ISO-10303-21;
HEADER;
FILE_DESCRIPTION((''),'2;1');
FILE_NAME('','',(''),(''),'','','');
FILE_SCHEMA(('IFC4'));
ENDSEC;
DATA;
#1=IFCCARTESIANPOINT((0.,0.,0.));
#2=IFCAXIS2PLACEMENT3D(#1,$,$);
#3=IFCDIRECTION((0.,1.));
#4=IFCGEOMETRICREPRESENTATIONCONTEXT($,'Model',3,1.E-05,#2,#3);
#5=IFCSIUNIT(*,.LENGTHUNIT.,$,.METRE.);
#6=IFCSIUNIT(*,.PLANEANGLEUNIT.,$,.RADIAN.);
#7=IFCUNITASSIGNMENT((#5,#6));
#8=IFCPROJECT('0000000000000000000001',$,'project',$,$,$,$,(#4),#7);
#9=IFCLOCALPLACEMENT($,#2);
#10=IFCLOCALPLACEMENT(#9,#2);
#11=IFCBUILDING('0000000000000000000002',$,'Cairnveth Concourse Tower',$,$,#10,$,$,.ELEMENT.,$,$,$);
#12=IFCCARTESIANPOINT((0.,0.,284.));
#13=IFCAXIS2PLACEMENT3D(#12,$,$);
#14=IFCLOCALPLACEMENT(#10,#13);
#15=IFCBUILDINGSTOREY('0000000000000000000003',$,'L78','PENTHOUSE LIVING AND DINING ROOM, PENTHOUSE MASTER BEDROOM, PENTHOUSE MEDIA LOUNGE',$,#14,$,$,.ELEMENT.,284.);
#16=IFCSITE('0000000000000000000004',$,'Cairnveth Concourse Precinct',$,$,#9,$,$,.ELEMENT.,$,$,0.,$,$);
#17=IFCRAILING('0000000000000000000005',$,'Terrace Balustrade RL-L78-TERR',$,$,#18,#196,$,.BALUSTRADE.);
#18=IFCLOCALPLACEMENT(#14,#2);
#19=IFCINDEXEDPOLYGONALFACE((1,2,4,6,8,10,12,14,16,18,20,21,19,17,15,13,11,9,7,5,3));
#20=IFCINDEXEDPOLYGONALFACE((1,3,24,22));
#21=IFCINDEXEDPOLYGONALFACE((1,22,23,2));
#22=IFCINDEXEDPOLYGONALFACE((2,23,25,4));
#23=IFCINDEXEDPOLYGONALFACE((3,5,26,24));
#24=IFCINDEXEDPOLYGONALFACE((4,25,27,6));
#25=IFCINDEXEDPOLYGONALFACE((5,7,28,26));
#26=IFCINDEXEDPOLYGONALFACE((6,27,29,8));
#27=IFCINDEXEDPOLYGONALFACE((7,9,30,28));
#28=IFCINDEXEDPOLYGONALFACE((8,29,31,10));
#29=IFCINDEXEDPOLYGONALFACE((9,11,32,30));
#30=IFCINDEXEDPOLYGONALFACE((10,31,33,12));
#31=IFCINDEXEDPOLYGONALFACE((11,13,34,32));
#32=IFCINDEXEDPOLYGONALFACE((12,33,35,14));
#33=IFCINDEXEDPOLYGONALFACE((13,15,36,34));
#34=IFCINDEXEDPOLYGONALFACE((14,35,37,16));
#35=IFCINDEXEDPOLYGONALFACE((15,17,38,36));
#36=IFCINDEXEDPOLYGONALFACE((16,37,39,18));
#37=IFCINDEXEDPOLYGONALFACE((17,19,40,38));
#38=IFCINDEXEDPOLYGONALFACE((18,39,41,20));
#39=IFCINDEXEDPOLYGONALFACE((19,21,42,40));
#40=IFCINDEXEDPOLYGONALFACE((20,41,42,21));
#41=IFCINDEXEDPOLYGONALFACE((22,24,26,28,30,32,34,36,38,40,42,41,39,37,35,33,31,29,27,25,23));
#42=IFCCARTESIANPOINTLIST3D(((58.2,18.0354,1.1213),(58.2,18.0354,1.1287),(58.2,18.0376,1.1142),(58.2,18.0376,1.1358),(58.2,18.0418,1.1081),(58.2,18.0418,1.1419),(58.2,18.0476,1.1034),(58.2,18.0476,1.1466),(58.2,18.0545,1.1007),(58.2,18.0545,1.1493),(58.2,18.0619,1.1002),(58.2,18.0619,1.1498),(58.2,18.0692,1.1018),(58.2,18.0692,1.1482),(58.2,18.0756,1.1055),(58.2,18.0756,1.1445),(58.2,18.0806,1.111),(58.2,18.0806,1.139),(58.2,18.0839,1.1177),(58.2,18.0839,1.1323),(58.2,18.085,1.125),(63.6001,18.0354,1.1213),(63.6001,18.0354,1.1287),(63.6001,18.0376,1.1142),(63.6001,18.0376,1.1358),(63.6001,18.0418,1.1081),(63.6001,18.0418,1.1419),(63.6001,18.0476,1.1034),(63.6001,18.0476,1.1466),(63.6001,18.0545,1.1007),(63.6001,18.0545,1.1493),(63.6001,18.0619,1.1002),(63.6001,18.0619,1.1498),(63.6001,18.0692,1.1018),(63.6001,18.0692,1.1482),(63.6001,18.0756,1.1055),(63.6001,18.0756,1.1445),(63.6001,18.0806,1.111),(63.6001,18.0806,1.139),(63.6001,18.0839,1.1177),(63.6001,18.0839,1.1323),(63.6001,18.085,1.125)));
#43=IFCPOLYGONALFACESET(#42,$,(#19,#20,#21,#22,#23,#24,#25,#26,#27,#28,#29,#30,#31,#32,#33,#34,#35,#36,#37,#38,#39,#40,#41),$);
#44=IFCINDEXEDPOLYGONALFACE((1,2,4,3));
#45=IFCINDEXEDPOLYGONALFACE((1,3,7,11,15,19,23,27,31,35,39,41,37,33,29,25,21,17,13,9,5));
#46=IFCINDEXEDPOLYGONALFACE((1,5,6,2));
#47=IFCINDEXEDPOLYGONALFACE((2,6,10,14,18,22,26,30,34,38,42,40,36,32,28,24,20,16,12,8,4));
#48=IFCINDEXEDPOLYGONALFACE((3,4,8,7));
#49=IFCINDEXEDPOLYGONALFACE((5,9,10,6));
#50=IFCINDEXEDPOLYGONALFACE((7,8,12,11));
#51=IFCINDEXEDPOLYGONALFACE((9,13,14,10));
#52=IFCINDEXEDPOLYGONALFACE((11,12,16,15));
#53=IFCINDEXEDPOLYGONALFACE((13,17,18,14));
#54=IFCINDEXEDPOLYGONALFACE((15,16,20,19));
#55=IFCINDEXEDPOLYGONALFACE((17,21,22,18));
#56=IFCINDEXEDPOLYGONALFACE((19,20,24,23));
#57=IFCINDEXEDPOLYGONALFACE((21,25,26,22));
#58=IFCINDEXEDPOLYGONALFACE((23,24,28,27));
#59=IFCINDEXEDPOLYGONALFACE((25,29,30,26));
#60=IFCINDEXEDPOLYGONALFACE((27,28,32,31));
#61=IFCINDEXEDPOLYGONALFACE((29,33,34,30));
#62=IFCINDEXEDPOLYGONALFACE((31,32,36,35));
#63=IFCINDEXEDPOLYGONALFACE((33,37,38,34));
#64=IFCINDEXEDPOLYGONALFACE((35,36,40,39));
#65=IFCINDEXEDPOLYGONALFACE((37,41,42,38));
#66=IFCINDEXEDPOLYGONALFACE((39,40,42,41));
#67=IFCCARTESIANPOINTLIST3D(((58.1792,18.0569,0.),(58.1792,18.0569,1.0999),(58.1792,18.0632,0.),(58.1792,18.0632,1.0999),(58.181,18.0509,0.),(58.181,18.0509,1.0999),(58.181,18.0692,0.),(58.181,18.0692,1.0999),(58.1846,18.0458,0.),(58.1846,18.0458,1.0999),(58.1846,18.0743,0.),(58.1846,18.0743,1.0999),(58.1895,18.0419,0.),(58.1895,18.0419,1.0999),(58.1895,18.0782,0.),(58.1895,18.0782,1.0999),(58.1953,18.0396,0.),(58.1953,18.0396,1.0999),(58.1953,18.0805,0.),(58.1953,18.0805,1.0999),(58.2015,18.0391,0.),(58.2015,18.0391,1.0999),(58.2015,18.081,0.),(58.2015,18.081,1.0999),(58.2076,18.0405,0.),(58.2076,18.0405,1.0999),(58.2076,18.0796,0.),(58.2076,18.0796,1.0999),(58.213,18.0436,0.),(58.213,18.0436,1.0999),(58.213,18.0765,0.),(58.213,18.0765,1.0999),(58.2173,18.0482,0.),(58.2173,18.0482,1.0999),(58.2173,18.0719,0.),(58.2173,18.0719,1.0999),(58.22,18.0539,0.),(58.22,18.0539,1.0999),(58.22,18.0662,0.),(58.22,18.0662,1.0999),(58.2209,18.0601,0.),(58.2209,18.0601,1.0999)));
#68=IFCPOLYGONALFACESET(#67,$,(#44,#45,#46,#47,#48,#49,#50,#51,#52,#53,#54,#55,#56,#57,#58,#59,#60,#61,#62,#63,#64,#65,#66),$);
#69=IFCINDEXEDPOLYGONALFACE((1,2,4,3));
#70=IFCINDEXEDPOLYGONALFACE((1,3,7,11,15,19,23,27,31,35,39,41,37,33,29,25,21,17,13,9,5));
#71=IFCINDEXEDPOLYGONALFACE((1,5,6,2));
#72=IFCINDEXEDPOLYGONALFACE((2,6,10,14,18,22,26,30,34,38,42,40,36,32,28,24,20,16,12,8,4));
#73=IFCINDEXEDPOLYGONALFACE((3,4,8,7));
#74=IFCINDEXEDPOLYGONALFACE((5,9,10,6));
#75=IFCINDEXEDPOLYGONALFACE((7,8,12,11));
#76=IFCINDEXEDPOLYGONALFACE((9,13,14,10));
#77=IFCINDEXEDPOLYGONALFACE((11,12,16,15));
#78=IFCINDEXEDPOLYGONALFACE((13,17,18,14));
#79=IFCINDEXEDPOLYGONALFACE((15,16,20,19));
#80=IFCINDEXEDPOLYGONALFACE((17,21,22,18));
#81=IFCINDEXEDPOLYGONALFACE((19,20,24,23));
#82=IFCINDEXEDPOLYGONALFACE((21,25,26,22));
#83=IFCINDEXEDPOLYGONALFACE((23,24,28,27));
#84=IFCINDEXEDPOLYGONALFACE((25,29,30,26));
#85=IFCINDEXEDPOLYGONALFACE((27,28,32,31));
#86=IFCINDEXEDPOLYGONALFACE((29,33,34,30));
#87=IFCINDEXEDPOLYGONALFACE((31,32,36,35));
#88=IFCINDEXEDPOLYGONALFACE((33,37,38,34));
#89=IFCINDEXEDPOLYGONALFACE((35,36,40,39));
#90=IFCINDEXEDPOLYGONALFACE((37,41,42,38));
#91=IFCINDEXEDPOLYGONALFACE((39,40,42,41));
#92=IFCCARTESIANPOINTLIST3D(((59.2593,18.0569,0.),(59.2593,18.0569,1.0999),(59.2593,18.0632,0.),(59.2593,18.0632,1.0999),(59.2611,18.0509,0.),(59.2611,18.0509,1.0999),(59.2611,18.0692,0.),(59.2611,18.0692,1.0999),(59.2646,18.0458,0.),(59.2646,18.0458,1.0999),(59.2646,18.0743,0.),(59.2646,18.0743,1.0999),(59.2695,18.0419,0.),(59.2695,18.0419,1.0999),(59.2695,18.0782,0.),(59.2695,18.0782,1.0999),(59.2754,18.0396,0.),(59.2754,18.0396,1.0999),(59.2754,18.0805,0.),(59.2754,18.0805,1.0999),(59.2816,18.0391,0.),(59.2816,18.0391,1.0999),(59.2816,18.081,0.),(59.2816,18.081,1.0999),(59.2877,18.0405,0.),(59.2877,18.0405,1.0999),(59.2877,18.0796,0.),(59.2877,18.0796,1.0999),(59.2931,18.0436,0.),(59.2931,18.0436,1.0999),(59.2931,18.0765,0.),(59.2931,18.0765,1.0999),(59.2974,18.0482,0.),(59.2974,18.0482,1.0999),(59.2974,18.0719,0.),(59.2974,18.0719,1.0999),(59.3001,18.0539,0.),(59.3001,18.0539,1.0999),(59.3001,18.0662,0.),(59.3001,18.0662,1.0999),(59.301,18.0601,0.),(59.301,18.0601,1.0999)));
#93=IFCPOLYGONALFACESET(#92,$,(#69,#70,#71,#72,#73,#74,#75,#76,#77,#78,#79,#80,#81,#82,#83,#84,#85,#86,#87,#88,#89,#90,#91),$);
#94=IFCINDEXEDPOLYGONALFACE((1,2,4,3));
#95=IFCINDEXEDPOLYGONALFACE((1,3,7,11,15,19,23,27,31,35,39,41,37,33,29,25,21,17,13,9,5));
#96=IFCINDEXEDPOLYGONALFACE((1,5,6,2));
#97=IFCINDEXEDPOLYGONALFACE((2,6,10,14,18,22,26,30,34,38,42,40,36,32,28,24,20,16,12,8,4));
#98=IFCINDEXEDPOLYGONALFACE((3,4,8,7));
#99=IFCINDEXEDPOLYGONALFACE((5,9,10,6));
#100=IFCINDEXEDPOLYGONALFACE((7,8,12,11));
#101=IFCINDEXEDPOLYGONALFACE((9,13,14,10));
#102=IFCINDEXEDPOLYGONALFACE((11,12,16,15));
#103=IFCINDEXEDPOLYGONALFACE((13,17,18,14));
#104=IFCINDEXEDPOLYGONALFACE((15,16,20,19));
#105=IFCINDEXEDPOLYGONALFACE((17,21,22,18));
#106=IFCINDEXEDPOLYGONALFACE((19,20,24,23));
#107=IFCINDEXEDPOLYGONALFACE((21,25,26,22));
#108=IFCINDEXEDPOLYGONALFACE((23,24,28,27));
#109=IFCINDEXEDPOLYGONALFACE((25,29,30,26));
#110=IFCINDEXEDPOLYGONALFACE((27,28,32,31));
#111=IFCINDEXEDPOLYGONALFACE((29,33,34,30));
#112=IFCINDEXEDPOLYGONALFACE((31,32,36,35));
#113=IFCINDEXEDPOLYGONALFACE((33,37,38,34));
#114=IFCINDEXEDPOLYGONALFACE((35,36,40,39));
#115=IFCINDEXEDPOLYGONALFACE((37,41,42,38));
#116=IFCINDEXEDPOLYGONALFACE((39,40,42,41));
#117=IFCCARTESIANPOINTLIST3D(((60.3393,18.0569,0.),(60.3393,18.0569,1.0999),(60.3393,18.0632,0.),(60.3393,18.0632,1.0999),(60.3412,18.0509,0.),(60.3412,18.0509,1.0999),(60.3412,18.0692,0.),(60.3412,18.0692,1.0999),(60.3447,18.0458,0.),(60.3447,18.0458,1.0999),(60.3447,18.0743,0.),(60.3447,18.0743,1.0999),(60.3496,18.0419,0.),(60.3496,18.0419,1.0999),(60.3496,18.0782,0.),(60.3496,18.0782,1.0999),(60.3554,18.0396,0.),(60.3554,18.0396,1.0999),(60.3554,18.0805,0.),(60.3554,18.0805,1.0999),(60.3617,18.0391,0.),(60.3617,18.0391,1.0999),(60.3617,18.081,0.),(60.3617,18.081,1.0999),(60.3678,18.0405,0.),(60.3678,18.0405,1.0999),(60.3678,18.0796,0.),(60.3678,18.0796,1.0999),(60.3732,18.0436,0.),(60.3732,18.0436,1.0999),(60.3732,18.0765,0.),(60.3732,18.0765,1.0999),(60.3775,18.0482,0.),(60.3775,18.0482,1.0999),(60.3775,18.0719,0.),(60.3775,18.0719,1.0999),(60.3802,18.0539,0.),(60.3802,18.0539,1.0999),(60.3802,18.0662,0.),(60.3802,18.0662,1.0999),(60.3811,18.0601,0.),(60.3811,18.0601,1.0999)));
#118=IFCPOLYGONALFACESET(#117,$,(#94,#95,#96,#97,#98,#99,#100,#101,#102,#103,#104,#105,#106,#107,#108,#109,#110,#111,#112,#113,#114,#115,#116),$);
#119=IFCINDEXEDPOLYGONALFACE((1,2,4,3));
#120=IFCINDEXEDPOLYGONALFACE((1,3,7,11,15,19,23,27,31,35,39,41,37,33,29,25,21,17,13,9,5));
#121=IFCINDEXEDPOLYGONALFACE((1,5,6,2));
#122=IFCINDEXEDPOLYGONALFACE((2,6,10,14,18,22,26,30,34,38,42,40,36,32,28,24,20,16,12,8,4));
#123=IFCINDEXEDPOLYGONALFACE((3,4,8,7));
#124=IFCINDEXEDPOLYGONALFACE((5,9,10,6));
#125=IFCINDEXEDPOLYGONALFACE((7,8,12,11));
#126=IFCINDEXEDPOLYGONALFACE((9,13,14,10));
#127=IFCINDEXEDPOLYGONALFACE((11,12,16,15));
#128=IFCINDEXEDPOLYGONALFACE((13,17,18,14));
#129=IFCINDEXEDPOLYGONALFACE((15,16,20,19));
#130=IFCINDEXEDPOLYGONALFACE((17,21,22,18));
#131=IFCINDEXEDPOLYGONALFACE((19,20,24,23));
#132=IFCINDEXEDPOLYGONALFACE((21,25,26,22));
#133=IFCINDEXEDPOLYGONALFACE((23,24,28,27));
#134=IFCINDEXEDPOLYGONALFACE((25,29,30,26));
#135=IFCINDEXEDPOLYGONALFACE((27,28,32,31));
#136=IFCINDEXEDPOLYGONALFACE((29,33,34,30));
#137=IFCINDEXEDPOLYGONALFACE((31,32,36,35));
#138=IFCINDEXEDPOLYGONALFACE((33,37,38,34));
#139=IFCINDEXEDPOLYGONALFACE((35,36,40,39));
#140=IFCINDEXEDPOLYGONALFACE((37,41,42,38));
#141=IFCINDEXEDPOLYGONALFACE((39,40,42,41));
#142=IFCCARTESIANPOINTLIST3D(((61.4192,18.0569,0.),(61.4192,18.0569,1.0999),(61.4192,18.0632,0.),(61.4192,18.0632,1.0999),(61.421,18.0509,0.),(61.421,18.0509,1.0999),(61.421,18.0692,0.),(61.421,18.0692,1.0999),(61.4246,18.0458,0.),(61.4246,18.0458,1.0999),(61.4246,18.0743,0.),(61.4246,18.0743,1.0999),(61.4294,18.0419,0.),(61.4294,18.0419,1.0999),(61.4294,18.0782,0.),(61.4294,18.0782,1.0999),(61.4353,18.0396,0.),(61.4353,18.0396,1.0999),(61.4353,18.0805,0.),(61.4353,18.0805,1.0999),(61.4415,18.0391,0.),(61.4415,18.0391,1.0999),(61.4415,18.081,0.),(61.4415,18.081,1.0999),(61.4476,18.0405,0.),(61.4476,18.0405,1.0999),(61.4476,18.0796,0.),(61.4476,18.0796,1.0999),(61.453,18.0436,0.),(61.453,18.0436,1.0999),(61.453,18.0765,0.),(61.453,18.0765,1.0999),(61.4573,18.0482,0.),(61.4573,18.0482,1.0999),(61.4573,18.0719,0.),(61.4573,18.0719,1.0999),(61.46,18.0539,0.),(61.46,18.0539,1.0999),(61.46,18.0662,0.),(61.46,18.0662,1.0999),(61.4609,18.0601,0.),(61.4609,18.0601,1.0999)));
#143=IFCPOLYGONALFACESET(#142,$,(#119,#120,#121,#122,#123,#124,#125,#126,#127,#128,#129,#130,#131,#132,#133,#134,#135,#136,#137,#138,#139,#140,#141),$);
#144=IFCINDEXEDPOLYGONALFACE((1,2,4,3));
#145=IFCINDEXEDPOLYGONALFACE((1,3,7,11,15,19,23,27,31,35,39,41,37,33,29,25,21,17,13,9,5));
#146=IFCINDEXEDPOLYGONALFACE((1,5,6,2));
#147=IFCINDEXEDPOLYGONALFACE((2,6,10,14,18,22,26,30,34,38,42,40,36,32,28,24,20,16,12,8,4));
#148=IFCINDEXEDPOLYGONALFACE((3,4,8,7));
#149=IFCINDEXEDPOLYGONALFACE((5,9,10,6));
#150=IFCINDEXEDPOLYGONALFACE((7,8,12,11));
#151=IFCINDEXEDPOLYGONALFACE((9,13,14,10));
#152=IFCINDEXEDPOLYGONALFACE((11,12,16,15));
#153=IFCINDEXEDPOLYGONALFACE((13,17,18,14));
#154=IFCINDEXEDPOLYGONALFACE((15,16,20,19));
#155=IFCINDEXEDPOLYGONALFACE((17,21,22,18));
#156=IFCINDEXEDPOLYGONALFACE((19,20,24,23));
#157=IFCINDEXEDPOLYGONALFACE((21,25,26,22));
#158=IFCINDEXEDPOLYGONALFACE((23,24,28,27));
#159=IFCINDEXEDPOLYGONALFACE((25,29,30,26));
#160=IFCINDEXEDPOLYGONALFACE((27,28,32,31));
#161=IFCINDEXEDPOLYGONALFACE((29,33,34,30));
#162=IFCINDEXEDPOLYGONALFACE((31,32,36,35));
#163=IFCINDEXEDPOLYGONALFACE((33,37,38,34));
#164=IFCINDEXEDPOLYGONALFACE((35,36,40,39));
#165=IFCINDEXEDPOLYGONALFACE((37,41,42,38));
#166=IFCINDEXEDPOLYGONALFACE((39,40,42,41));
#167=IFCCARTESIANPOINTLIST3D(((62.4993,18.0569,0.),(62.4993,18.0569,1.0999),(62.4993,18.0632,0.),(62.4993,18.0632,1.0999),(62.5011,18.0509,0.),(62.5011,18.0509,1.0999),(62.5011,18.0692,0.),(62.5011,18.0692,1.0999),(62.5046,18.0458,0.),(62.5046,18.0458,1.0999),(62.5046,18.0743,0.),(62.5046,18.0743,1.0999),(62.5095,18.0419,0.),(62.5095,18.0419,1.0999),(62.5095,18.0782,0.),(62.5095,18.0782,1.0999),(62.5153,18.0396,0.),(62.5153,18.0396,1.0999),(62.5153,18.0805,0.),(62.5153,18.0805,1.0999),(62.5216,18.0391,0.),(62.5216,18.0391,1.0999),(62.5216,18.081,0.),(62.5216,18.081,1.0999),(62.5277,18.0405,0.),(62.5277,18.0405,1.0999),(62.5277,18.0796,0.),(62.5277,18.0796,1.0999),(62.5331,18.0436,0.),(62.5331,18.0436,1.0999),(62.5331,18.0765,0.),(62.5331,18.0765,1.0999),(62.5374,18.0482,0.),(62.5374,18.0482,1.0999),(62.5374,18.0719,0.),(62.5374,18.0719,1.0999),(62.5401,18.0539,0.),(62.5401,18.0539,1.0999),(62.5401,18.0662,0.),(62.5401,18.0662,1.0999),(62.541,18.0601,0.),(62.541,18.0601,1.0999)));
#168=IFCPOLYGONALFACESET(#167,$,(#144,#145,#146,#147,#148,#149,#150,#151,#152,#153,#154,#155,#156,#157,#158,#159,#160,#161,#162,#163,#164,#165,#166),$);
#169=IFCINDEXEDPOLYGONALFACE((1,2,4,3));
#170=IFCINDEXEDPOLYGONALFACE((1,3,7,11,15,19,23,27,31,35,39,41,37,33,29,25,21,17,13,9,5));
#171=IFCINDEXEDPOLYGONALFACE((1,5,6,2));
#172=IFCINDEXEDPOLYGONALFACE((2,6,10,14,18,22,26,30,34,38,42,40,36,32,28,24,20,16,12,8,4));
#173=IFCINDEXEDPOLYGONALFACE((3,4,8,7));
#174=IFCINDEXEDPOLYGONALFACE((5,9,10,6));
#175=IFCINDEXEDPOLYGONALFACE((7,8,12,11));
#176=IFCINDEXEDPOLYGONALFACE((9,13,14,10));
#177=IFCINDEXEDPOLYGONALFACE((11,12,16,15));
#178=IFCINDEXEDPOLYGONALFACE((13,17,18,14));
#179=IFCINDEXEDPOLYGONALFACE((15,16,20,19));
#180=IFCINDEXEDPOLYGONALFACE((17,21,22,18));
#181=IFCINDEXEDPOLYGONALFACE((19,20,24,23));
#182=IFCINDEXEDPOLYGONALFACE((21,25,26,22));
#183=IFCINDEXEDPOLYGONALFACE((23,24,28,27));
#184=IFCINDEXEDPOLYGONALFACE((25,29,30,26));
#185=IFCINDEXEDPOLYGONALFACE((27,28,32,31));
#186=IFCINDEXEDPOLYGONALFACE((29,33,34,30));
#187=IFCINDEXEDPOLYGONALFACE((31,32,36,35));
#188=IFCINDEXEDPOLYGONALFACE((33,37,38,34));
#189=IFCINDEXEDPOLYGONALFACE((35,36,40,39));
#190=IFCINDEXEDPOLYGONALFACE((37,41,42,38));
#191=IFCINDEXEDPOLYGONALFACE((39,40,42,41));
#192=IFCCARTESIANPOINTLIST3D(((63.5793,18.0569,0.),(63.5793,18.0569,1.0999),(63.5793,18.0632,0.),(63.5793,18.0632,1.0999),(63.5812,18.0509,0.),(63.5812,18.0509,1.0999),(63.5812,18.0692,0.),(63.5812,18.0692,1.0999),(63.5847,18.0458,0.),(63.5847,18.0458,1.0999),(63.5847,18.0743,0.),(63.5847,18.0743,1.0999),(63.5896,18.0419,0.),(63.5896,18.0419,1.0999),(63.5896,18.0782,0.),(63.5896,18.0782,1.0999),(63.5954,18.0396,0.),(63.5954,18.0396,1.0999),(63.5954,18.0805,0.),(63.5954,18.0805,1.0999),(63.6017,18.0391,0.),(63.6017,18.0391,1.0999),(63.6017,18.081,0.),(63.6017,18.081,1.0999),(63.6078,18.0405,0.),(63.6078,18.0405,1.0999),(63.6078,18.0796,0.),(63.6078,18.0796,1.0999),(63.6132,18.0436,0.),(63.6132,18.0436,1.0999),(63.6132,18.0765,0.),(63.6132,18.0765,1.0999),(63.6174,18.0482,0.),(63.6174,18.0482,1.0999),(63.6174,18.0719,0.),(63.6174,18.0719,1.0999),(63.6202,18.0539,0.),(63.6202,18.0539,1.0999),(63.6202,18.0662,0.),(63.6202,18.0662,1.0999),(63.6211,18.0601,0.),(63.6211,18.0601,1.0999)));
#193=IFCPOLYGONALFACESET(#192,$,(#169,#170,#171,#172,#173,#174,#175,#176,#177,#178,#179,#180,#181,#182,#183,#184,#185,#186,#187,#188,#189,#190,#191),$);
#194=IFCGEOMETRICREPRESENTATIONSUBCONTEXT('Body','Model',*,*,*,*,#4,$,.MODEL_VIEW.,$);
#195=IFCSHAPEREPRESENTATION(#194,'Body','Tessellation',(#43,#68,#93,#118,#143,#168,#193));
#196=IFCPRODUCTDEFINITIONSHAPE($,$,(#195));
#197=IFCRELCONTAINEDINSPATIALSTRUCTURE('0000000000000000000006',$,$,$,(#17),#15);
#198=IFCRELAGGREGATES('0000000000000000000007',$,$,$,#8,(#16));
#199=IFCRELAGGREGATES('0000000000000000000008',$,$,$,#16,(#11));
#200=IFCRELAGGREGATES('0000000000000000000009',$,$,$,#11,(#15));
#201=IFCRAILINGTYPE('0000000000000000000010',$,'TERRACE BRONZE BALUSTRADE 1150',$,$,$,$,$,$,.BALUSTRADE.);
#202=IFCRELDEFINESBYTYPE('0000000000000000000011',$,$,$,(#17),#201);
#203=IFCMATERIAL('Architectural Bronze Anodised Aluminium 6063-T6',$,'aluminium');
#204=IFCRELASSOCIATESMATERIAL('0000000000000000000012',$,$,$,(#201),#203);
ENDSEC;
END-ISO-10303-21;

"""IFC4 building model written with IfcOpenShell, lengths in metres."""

from ifc_helpers import new_model, si_unit, direction, frame, origin, origin_2d, place, context, subcontext, project, spatial, circle, extrude, material, type_object, element, save


model = new_model("IFC4")

# Units and contexts
model_context = context("Model", 3, precision=1e-05, world=origin(), true_north=direction((0.0, 1.0)))
body_context = subcontext(model_context, "Body", "Model", "MODEL_VIEW")
ifc_project = project(units=[si_unit("LENGTHUNIT", "METRE"), si_unit("PLANEANGLEUNIT", "RADIAN")], contexts=[model_context])

# Site, building, storey
site_placement = place(None, origin())
site = spatial("IfcSite", under=ifc_project, at=site_placement, Name="Cairnveth Concourse Precinct", CompositionType="ELEMENT", RefElevation=0.0)
building_placement = place(site_placement, origin())
building = spatial("IfcBuilding", under=site, at=building_placement, Name="Cairnveth Concourse Tower", CompositionType="ELEMENT")
storey_placement = place(building_placement, frame((0.0, 0.0, 284.0)))
storey = spatial("IfcBuildingStorey", under=building, at=storey_placement, Name="L78", Description="PENTHOUSE LIVING AND DINING ROOM, PENTHOUSE MASTER BEDROOM, PENTHOUSE MEDIA LOUNGE", CompositionType="ELEMENT", Elevation=284.0)

# Shared definitions
ifc_material_1 = material(Name="Architectural Bronze Anodised Aluminium 6063-T6", Category="aluminium")

# Railing
railing_type = type_object("IfcRailingType", Name="TERRACE BRONZE BALUSTRADE 1150", PredefinedType="BALUSTRADE", material=ifc_material_1)
railing_placement = place(storey_placement, frame((58.2, 18.0601, 0.0)))
element("IfcRailing", 1, at=railing_placement, inside=storey, type_object=railing_type, Name="Terrace Balustrade RL-L78-TERR", PredefinedType="BALUSTRADE", context=body_context, shape_type="SweptSolid", body=[
    extrude(circle(Radius=0.0249, at=origin_2d()), frame((0.0, 0.0, 1.125), z_axis=(1.0, 0.0, 0.0), x_axis=(0.0, 1.0, 0.0)), (0.0, 0.0, 1.0), 5.4001),
    extrude(circle(Radius=0.021, at=origin_2d()), origin(), (0.0, 0.0, 1.0), 1.0999),
    extrude(circle(Radius=0.021, at=origin_2d()), frame((1.0801, 0.0, 0.0)), (0.0, 0.0, 1.0), 1.0999),
    extrude(circle(Radius=0.021, at=origin_2d()), frame((2.1602, 0.0, 0.0)), (0.0, 0.0, 1.0), 1.0999),
    extrude(circle(Radius=0.021, at=origin_2d()), frame((3.24, 0.0, 0.0)), (0.0, 0.0, 1.0), 1.0999),
    extrude(circle(Radius=0.021, at=origin_2d()), frame((4.3201, 0.0, 0.0)), (0.0, 0.0, 1.0), 1.0999),
    extrude(circle(Radius=0.021, at=origin_2d()), frame((5.4001, 0.0, 0.0)), (0.0, 0.0, 1.0), 1.0999),
])

save(model, "model.ifc")
